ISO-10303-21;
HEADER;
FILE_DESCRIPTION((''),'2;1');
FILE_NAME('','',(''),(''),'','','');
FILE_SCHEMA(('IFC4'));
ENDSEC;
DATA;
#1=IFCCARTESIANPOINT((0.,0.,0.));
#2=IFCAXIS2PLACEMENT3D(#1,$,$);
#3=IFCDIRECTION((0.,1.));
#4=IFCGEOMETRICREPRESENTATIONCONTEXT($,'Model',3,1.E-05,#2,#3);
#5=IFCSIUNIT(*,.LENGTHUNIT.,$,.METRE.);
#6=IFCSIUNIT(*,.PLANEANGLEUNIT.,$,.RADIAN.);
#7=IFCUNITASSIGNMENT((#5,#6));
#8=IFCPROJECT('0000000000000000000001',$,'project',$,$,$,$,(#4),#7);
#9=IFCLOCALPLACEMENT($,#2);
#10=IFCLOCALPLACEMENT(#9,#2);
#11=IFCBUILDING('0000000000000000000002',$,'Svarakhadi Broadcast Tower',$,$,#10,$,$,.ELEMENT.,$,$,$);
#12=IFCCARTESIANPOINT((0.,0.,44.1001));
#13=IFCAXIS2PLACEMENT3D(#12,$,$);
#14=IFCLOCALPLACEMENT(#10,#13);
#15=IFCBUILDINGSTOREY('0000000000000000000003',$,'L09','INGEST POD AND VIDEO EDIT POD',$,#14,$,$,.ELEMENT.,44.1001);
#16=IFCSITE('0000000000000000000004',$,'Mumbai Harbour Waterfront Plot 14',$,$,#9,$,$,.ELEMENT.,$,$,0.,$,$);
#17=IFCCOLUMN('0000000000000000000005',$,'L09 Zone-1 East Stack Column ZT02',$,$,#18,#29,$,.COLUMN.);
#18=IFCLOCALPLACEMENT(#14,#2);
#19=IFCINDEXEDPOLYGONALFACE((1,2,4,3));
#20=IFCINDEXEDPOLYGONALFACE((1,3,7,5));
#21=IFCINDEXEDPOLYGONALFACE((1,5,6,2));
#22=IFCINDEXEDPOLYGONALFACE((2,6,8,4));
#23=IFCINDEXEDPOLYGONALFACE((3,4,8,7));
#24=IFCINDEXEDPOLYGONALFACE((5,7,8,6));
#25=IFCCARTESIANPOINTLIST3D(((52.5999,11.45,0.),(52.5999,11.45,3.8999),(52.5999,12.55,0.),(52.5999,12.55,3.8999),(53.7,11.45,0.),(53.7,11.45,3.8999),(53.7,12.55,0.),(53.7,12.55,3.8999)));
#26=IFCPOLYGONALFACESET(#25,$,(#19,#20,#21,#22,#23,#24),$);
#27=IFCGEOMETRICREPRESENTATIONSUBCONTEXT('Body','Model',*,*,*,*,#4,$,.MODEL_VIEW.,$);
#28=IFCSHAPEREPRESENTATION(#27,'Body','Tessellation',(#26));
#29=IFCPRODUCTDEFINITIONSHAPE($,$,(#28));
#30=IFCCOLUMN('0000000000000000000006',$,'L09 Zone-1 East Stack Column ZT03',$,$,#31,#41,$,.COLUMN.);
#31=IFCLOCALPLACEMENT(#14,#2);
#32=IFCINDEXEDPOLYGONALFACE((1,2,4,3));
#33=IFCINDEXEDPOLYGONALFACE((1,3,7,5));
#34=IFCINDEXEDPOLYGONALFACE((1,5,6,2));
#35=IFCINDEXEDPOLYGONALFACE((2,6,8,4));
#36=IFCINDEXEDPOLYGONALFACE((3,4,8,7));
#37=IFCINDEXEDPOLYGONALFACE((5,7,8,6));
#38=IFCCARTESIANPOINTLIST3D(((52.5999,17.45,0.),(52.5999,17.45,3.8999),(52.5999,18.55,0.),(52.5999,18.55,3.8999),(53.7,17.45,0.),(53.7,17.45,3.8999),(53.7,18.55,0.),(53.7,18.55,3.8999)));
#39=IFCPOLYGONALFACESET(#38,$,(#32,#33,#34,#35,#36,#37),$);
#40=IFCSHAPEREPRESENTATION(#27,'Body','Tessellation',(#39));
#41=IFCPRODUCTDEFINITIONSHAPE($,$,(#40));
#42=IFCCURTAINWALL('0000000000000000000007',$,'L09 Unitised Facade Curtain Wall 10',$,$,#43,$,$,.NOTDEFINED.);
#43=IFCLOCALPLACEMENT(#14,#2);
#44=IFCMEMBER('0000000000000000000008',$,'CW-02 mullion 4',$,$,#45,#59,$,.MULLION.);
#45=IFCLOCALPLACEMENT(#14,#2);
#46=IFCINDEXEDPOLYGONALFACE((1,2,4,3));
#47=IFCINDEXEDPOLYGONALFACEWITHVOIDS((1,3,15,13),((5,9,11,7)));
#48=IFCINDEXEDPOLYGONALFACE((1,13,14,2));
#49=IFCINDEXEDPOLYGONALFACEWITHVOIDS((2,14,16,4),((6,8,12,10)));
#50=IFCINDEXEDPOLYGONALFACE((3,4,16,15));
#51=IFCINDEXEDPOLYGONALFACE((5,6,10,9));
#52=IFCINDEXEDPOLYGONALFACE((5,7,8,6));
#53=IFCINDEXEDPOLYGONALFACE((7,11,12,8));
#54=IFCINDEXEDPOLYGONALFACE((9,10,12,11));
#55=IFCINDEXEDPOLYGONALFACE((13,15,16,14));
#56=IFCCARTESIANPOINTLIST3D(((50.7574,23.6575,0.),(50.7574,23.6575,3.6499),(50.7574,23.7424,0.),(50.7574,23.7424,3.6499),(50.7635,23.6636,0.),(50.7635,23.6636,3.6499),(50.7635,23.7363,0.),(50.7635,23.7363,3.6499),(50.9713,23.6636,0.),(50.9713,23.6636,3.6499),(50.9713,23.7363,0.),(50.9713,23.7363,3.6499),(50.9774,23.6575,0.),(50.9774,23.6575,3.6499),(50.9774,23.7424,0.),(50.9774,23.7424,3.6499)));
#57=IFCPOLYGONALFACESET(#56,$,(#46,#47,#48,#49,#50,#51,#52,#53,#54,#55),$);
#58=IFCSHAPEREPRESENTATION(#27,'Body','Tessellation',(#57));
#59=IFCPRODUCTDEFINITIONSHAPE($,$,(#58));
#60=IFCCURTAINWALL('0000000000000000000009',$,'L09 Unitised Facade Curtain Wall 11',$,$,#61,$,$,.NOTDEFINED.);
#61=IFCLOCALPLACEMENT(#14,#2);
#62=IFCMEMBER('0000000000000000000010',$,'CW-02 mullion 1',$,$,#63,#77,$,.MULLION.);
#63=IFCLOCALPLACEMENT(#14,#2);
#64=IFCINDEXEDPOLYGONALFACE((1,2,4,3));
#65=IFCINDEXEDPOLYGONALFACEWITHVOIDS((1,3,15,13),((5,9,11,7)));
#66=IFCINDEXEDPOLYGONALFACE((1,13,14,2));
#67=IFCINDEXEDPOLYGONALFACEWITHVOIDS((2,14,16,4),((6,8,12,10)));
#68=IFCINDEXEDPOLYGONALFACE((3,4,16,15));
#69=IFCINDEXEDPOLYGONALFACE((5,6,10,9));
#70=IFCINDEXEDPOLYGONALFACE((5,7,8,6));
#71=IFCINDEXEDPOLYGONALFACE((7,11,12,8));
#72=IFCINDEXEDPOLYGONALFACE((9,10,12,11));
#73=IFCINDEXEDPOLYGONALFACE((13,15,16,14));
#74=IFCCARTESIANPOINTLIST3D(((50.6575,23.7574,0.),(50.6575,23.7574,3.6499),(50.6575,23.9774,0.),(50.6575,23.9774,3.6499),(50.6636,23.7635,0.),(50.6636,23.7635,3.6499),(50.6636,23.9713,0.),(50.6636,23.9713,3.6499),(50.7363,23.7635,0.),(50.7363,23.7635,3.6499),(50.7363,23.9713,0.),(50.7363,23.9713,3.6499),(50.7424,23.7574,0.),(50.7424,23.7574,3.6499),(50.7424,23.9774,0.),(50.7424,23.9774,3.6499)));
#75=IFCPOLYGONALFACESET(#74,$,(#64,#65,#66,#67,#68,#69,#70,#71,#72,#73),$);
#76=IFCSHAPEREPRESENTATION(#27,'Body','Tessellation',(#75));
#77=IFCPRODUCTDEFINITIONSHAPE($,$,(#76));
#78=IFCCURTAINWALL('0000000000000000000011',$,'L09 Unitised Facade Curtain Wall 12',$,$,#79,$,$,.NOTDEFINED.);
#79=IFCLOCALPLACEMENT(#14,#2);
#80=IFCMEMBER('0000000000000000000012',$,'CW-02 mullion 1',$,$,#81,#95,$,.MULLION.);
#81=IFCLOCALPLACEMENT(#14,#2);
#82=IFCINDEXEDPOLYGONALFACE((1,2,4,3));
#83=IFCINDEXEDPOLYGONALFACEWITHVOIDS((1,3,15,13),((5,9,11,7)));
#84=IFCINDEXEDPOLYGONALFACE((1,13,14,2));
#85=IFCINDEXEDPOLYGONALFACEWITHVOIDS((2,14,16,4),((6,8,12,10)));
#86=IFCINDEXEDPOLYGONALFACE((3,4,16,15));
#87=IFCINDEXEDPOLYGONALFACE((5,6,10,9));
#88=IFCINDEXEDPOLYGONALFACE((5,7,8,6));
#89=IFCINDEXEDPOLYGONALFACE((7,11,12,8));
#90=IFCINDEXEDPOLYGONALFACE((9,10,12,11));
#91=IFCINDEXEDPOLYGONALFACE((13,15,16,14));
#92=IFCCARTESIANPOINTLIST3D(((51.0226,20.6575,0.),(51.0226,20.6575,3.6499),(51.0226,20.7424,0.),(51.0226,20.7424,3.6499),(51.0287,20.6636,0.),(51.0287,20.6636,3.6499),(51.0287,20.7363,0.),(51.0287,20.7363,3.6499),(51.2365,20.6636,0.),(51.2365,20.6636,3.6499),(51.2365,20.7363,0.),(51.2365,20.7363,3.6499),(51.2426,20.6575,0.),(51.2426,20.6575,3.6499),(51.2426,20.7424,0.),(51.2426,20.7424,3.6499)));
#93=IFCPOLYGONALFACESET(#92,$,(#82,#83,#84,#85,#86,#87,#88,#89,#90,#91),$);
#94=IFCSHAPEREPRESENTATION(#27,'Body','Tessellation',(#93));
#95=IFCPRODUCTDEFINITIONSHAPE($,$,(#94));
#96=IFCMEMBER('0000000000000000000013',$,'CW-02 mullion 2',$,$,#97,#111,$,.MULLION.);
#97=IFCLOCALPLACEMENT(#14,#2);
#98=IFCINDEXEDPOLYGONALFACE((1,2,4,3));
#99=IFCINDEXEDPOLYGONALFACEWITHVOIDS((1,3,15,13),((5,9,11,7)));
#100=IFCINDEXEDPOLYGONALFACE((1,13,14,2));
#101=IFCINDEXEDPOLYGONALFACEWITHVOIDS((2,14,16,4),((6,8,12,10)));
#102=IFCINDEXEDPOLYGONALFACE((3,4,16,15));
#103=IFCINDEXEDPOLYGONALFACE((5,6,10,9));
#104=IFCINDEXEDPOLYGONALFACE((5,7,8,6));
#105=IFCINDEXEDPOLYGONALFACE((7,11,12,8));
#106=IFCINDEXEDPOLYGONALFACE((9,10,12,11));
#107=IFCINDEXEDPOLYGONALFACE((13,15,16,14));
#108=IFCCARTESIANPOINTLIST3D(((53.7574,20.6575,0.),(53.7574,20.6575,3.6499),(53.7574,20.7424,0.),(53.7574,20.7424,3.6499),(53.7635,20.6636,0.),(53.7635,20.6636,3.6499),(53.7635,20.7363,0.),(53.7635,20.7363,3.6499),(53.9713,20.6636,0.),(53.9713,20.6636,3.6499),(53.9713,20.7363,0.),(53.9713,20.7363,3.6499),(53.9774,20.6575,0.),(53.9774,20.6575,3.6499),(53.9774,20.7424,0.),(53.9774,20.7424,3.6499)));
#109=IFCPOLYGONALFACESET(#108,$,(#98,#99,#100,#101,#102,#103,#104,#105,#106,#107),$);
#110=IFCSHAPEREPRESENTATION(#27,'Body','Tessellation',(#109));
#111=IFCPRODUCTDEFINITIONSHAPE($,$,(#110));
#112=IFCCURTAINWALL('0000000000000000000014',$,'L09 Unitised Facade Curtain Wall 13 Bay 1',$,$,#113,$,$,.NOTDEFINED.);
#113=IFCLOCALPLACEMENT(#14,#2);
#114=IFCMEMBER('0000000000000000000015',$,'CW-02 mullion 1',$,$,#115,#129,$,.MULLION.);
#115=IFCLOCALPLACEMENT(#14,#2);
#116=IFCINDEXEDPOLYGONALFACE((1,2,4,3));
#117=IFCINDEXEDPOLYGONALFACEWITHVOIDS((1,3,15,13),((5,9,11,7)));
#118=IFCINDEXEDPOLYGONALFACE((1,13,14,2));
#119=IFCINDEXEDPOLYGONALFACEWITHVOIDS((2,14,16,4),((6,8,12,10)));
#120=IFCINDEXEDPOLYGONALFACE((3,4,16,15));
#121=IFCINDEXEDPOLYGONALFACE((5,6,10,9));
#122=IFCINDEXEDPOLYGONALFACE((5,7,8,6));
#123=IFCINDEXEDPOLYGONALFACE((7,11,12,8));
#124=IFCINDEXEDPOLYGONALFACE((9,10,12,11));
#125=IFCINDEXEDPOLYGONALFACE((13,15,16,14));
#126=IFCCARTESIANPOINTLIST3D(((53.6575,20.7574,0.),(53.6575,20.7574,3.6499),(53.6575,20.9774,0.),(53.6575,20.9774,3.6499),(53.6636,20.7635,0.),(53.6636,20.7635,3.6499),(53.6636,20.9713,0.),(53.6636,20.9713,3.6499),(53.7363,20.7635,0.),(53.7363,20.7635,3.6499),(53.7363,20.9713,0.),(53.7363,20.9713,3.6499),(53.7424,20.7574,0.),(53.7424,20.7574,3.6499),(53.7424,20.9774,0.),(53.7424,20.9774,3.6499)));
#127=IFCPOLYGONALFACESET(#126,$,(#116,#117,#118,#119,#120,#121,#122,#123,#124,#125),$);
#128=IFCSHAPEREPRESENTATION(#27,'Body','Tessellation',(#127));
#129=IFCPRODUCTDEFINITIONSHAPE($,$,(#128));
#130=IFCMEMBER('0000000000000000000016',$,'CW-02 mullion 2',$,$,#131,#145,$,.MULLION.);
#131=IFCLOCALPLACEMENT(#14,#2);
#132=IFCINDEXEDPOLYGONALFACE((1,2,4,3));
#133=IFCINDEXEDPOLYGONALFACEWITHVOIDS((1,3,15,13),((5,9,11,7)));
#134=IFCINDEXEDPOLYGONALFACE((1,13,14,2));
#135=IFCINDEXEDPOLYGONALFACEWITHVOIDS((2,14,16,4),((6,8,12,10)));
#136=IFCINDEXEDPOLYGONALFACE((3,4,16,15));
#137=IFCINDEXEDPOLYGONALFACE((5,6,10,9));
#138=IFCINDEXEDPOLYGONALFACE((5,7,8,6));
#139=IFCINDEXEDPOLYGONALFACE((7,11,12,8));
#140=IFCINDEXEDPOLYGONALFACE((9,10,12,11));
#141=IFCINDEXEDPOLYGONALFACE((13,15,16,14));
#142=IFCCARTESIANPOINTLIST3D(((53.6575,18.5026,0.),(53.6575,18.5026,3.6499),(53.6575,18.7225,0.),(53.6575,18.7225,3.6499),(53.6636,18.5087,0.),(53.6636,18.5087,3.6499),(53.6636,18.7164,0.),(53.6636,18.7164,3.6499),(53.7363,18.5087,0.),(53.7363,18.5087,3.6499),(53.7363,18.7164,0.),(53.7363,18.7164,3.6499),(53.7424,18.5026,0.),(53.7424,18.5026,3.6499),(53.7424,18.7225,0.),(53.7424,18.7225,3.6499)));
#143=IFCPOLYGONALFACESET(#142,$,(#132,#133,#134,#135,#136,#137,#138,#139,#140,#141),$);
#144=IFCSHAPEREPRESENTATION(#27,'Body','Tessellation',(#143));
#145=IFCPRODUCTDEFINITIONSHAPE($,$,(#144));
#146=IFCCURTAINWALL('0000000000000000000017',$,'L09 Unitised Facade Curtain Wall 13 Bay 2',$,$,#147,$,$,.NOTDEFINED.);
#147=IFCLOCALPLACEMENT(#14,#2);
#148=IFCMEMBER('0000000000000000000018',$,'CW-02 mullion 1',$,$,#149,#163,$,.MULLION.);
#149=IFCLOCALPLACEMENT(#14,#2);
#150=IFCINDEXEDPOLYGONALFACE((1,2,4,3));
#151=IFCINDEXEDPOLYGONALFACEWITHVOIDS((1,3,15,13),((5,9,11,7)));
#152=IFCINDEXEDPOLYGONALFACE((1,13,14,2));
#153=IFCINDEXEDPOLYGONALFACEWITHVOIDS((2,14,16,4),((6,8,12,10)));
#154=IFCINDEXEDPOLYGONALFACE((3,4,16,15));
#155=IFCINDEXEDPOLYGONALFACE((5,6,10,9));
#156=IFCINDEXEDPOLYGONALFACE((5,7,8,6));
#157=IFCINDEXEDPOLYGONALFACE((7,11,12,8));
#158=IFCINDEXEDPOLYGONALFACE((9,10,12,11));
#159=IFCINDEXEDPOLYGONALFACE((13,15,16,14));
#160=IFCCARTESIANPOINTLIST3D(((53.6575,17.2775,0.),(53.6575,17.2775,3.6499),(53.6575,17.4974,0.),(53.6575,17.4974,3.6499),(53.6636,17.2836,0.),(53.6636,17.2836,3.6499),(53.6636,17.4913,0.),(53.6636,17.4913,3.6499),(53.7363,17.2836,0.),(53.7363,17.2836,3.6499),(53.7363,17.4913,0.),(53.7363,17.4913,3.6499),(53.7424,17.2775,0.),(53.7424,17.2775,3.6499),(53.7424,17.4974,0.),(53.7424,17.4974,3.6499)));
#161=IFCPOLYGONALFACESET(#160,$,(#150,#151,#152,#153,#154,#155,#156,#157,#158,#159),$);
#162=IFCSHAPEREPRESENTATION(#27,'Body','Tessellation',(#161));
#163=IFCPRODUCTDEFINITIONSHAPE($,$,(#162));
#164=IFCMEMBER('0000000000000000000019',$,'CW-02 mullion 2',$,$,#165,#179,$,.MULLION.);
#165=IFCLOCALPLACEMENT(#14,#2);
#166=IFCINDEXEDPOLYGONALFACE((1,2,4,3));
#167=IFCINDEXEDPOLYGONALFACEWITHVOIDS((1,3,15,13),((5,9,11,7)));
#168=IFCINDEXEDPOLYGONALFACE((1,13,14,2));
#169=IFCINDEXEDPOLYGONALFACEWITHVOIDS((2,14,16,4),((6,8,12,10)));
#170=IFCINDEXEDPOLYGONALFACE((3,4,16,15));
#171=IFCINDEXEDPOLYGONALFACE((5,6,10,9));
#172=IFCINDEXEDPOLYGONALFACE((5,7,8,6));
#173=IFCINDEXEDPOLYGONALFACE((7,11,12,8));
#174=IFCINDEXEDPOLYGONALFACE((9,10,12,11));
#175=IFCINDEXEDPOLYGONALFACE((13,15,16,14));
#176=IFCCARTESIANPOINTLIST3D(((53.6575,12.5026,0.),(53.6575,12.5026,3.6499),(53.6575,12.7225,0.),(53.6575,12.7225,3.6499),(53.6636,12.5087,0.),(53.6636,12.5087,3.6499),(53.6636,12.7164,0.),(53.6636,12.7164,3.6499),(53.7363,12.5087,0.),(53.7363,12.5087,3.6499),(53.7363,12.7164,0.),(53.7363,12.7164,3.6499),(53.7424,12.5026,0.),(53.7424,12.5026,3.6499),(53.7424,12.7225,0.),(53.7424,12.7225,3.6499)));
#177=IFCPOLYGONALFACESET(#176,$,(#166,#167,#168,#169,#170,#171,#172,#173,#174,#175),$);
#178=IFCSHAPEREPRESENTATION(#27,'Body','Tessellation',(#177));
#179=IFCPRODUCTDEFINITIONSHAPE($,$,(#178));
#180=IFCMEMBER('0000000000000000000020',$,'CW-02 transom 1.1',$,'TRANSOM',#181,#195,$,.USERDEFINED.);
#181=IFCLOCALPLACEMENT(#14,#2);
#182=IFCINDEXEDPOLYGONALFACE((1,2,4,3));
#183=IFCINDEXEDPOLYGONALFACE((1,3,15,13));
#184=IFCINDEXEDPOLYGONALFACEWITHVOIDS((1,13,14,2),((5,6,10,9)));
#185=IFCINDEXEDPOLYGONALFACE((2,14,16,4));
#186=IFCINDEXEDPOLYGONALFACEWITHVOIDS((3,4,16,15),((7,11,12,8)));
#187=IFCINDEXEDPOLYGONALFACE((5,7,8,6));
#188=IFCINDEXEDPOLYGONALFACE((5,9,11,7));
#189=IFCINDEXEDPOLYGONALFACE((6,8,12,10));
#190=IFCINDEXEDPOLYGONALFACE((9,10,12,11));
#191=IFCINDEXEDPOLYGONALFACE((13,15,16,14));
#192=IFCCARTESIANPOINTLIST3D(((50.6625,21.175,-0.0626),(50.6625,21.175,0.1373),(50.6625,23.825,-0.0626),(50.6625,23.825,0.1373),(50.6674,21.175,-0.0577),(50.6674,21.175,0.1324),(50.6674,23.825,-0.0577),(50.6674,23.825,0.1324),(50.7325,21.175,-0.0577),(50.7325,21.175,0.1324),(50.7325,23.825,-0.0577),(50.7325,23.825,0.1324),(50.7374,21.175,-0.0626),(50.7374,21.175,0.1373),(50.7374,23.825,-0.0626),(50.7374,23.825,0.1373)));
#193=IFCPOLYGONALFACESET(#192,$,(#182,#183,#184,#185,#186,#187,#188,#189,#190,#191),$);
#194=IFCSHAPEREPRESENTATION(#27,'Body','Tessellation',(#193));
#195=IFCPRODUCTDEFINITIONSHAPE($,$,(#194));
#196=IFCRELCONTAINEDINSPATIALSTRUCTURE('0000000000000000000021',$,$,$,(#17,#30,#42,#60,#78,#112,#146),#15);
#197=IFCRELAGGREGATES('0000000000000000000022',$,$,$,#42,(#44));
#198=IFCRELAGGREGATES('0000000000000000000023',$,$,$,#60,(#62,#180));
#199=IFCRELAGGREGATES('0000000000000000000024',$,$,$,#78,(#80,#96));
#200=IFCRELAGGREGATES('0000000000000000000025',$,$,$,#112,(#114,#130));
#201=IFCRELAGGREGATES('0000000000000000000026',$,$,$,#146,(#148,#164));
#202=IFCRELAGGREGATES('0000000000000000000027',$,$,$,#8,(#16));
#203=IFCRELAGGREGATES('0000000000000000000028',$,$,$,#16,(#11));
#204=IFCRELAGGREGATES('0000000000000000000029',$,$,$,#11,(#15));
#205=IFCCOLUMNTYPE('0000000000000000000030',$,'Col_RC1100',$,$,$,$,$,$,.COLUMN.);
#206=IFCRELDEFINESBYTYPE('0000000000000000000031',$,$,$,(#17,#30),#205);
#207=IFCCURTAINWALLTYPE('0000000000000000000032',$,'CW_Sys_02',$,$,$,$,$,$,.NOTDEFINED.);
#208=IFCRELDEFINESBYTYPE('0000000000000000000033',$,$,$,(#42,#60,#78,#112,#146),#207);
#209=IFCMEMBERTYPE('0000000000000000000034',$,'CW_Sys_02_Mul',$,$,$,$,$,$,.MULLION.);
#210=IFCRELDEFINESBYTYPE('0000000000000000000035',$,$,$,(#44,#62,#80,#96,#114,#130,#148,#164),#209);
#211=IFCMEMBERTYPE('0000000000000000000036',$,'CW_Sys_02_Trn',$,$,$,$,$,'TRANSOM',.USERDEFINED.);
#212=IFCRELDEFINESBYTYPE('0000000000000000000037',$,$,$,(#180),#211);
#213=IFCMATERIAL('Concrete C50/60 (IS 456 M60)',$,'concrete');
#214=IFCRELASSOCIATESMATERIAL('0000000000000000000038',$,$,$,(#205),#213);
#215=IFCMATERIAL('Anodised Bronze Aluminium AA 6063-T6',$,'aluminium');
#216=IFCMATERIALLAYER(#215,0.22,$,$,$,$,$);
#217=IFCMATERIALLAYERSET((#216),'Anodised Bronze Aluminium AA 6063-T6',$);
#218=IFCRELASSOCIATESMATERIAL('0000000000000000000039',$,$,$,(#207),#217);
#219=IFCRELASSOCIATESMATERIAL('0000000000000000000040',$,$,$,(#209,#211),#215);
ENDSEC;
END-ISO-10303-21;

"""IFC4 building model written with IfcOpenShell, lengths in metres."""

from ifc_helpers import new_model, si_unit, direction, frame, origin, origin_2d, place, context, subcontext, project, spatial, rectangle, hollow_rectangle, extrude, material, layer, layer_set, material_profile, profile_set, type_object, element, aggregate, save


model = new_model("IFC4")

# Units and contexts
model_context = context("Model", 3, precision=1e-05, world=origin(), true_north=direction((0.0, 1.0)))
body_context = subcontext(model_context, "Body", "Model", "MODEL_VIEW")
ifc_project = project(units=[si_unit("LENGTHUNIT", "METRE"), si_unit("PLANEANGLEUNIT", "RADIAN")], contexts=[model_context])

# Site, building, storey
site_placement = place(None, origin())
site = spatial("IfcSite", under=ifc_project, at=site_placement, Name="Mumbai Harbour Waterfront Plot 14", CompositionType="ELEMENT", RefElevation=0.0)
building_placement = place(site_placement, origin())
building = spatial("IfcBuilding", under=site, at=building_placement, Name="Svarakhadi Broadcast Tower", CompositionType="ELEMENT")
storey_placement = place(building_placement, frame((0.0, 0.0, 44.1001)))
storey = spatial("IfcBuildingStorey", under=building, at=storey_placement, Name="L09", Description="INGEST POD AND VIDEO EDIT POD", CompositionType="ELEMENT", Elevation=44.1001)

# Columns
ifc_material_1 = material(Name="Concrete C50/60 (IS 456 M60)", Category="concrete")
ifc_material_profile_1 = material_profile(ifc_material_1, rectangle(XDim=1.1001, YDim=1.1001, at=origin_2d()), Name="RC 1100x1100")
ifc_profile_set_1 = profile_set([ifc_material_profile_1], Name="Concrete C50/60 (IS 456 M60)")
column_type = type_object("IfcColumnType", Name="Col_RC1100", PredefinedType="COLUMN", material=ifc_profile_set_1)
for number, where, z_axis, x_axis, name in (
    (1, (53.1499, 12.0, 0.0), (0.0, 0.0, 1.0), (1.0, 0.0, 0.0), "L09 Zone-1 East Stack Column ZT02"),
    (2, (53.1499, 18.0, 0.0), (0.0, 0.0, 1.0), (1.0, 0.0, 0.0), "L09 Zone-1 East Stack Column ZT03"),
):
    element("IfcColumn", number, at=place(storey_placement, frame(where, z_axis=z_axis, x_axis=x_axis)), inside=storey, type_object=column_type, Name=name, PredefinedType="COLUMN", context=body_context, shape_type="SweptSolid", body=[
        extrude(rectangle(XDim=1.1001, YDim=1.1001, at=origin_2d()), origin(), (0.0, 0.0, 1.0), 3.8999),
    ])

# Curtain walls, members
ifc_material_2 = material(Name="Anodised Bronze Aluminium AA 6063-T6", Category="aluminium")
ifc_layer_1 = layer(ifc_material_2, 0.22)
ifc_layer_set_1 = layer_set([ifc_layer_1], Name="Anodised Bronze Aluminium AA 6063-T6")
curtain_wall_type = type_object("IfcCurtainWallType", Name="CW_Sys_02", PredefinedType="NOTDEFINED", material=ifc_layer_set_1)
curtain_wall_1_placement = place(storey_placement, origin())
curtain_wall_1 = element("IfcCurtainWall", 3, at=curtain_wall_1_placement, inside=storey, type_object=curtain_wall_type, Name="L09 Unitised Facade Curtain Wall 10", PredefinedType="NOTDEFINED")
ifc_material_profile_2 = material_profile(ifc_material_2, hollow_rectangle(XDim=0.085, YDim=0.22, WallThickness=0.0061, at=origin_2d()), Name="ALU MULLION 220x85x6")
ifc_profile_set_2 = profile_set([ifc_material_profile_2], Name="Anodised Bronze Aluminium AA 6063-T6")
member_type_1 = type_object("IfcMemberType", Name="CW_Sys_02_Mul", PredefinedType="MULLION", material=ifc_profile_set_2)
member_1_placement = place(storey_placement, frame((50.8674, 23.7, 0.0), z_axis=(0.0, 0.0, 1.0), x_axis=(0.0, 1.0, 0.0)))
member_1 = element("IfcMember", 4, at=member_1_placement, type_object=member_type_1, Name="CW-02 mullion 4", PredefinedType="MULLION", context=body_context, shape_type="SweptSolid", body=[
    extrude(hollow_rectangle(XDim=0.085, YDim=0.22, WallThickness=0.0061, at=origin_2d()), origin(), (0.0, 0.0, 1.0), 3.6499),
])
aggregate(curtain_wall_1, [member_1])
curtain_wall_2_placement = place(storey_placement, origin())
curtain_wall_2 = element("IfcCurtainWall", 5, at=curtain_wall_2_placement, inside=storey, type_object=curtain_wall_type, Name="L09 Unitised Facade Curtain Wall 11", PredefinedType="NOTDEFINED")
member_2_placement = place(storey_placement, frame((50.7, 23.8674, 0.0), z_axis=(0.0, 0.0, 1.0), x_axis=(1.0, 0.0, 0.0)))
member_2 = element("IfcMember", 6, at=member_2_placement, type_object=member_type_1, Name="CW-02 mullion 1", PredefinedType="MULLION", context=body_context, shape_type="SweptSolid", body=[
    extrude(hollow_rectangle(XDim=0.085, YDim=0.22, WallThickness=0.0061, at=origin_2d()), origin(), (0.0, 0.0, 1.0), 3.6499),
])

# Curtain walls, members
curtain_wall_3_placement = place(storey_placement, origin())
curtain_wall_3 = element("IfcCurtainWall", 7, at=curtain_wall_3_placement, inside=storey, type_object=curtain_wall_type, Name="L09 Unitised Facade Curtain Wall 12", PredefinedType="NOTDEFINED")
member_3_placement = place(storey_placement, frame((51.1326, 20.7, 0.0), z_axis=(0.0, 0.0, 1.0), x_axis=(0.0, 1.0, 0.0)))
member_3 = element("IfcMember", 8, at=member_3_placement, type_object=member_type_1, Name="CW-02 mullion 1", PredefinedType="MULLION", context=body_context, shape_type="SweptSolid", body=[
    extrude(hollow_rectangle(XDim=0.085, YDim=0.22, WallThickness=0.0061, at=origin_2d()), origin(), (0.0, 0.0, 1.0), 3.6499),
])
member_4_placement = place(storey_placement, frame((53.8674, 20.7, 0.0), z_axis=(0.0, 0.0, 1.0), x_axis=(0.0, 1.0, 0.0)))
member_4 = element("IfcMember", 9, at=member_4_placement, type_object=member_type_1, Name="CW-02 mullion 2", PredefinedType="MULLION", context=body_context, shape_type="SweptSolid", body=[
    extrude(hollow_rectangle(XDim=0.085, YDim=0.22, WallThickness=0.0061, at=origin_2d()), origin(), (0.0, 0.0, 1.0), 3.6499),
])
curtain_wall_4_placement = place(storey_placement, origin())
curtain_wall_4 = element("IfcCurtainWall", 10, at=curtain_wall_4_placement, inside=storey, type_object=curtain_wall_type, Name="L09 Unitised Facade Curtain Wall 13 Bay 1", PredefinedType="NOTDEFINED")
member_5_placement = place(storey_placement, frame((53.7, 20.8674, 0.0), z_axis=(0.0, 0.0, 1.0), x_axis=(1.0, 0.0, 0.0)))
member_5 = element("IfcMember", 11, at=member_5_placement, type_object=member_type_1, Name="CW-02 mullion 1", PredefinedType="MULLION", context=body_context, shape_type="SweptSolid", body=[
    extrude(hollow_rectangle(XDim=0.085, YDim=0.22, WallThickness=0.0061, at=origin_2d()), origin(), (0.0, 0.0, 1.0), 3.6499),
])
member_6_placement = place(storey_placement, frame((53.7, 18.6125, 0.0), z_axis=(0.0, 0.0, 1.0), x_axis=(1.0, 0.0, 0.0)))
member_6 = element("IfcMember", 12, at=member_6_placement, type_object=member_type_1, Name="CW-02 mullion 2", PredefinedType="MULLION", context=body_context, shape_type="SweptSolid", body=[
    extrude(hollow_rectangle(XDim=0.085, YDim=0.22, WallThickness=0.0061, at=origin_2d()), origin(), (0.0, 0.0, 1.0), 3.6499),
])
curtain_wall_5_placement = place(storey_placement, origin())
curtain_wall_5 = element("IfcCurtainWall", 13, at=curtain_wall_5_placement, inside=storey, type_object=curtain_wall_type, Name="L09 Unitised Facade Curtain Wall 13 Bay 2", PredefinedType="NOTDEFINED")
member_7_placement = place(storey_placement, frame((53.7, 17.3875, 0.0), z_axis=(0.0, 0.0, 1.0), x_axis=(1.0, 0.0, 0.0)))
member_7 = element("IfcMember", 14, at=member_7_placement, type_object=member_type_1, Name="CW-02 mullion 1", PredefinedType="MULLION", context=body_context, shape_type="SweptSolid", body=[
    extrude(hollow_rectangle(XDim=0.085, YDim=0.22, WallThickness=0.0061, at=origin_2d()), origin(), (0.0, 0.0, 1.0), 3.6499),
])
member_8_placement = place(storey_placement, frame((53.7, 12.6125, 0.0), z_axis=(0.0, 0.0, 1.0), x_axis=(1.0, 0.0, 0.0)))
member_8 = element("IfcMember", 15, at=member_8_placement, type_object=member_type_1, Name="CW-02 mullion 2", PredefinedType="MULLION", context=body_context, shape_type="SweptSolid", body=[
    extrude(hollow_rectangle(XDim=0.085, YDim=0.22, WallThickness=0.0061, at=origin_2d()), origin(), (0.0, 0.0, 1.0), 3.6499),
])

# Member
ifc_material_profile_3 = material_profile(ifc_material_2, hollow_rectangle(XDim=0.075, YDim=0.2, WallThickness=0.0049, at=origin_2d()), Name="ALU TRANSOM 200x75x5")
ifc_profile_set_3 = profile_set([ifc_material_profile_3], Name="Anodised Bronze Aluminium AA 6063-T6")
member_type_2 = type_object("IfcMemberType", Name="CW_Sys_02_Trn", ElementType="TRANSOM", PredefinedType="USERDEFINED", material=ifc_profile_set_3)
member_9_placement = place(storey_placement, frame((50.7, 23.825, 0.0374), z_axis=(0.0, -1.0, 0.0), x_axis=(1.0, 0.0, 0.0)))
member_9 = element("IfcMember", 16, at=member_9_placement, type_object=member_type_2, Name="CW-02 transom 1.1", ObjectType="TRANSOM", PredefinedType="USERDEFINED", context=body_context, shape_type="SweptSolid", body=[
    extrude(hollow_rectangle(XDim=0.075, YDim=0.2, WallThickness=0.0049, at=origin_2d()), origin(), (0.0, 0.0, 1.0), 2.6499),
])

aggregate(curtain_wall_2, [member_2, member_9])
aggregate(curtain_wall_3, [member_3, member_4])
aggregate(curtain_wall_4, [member_5, member_6])
aggregate(curtain_wall_5, [member_7, member_8])

save(model, "model.ifc")
